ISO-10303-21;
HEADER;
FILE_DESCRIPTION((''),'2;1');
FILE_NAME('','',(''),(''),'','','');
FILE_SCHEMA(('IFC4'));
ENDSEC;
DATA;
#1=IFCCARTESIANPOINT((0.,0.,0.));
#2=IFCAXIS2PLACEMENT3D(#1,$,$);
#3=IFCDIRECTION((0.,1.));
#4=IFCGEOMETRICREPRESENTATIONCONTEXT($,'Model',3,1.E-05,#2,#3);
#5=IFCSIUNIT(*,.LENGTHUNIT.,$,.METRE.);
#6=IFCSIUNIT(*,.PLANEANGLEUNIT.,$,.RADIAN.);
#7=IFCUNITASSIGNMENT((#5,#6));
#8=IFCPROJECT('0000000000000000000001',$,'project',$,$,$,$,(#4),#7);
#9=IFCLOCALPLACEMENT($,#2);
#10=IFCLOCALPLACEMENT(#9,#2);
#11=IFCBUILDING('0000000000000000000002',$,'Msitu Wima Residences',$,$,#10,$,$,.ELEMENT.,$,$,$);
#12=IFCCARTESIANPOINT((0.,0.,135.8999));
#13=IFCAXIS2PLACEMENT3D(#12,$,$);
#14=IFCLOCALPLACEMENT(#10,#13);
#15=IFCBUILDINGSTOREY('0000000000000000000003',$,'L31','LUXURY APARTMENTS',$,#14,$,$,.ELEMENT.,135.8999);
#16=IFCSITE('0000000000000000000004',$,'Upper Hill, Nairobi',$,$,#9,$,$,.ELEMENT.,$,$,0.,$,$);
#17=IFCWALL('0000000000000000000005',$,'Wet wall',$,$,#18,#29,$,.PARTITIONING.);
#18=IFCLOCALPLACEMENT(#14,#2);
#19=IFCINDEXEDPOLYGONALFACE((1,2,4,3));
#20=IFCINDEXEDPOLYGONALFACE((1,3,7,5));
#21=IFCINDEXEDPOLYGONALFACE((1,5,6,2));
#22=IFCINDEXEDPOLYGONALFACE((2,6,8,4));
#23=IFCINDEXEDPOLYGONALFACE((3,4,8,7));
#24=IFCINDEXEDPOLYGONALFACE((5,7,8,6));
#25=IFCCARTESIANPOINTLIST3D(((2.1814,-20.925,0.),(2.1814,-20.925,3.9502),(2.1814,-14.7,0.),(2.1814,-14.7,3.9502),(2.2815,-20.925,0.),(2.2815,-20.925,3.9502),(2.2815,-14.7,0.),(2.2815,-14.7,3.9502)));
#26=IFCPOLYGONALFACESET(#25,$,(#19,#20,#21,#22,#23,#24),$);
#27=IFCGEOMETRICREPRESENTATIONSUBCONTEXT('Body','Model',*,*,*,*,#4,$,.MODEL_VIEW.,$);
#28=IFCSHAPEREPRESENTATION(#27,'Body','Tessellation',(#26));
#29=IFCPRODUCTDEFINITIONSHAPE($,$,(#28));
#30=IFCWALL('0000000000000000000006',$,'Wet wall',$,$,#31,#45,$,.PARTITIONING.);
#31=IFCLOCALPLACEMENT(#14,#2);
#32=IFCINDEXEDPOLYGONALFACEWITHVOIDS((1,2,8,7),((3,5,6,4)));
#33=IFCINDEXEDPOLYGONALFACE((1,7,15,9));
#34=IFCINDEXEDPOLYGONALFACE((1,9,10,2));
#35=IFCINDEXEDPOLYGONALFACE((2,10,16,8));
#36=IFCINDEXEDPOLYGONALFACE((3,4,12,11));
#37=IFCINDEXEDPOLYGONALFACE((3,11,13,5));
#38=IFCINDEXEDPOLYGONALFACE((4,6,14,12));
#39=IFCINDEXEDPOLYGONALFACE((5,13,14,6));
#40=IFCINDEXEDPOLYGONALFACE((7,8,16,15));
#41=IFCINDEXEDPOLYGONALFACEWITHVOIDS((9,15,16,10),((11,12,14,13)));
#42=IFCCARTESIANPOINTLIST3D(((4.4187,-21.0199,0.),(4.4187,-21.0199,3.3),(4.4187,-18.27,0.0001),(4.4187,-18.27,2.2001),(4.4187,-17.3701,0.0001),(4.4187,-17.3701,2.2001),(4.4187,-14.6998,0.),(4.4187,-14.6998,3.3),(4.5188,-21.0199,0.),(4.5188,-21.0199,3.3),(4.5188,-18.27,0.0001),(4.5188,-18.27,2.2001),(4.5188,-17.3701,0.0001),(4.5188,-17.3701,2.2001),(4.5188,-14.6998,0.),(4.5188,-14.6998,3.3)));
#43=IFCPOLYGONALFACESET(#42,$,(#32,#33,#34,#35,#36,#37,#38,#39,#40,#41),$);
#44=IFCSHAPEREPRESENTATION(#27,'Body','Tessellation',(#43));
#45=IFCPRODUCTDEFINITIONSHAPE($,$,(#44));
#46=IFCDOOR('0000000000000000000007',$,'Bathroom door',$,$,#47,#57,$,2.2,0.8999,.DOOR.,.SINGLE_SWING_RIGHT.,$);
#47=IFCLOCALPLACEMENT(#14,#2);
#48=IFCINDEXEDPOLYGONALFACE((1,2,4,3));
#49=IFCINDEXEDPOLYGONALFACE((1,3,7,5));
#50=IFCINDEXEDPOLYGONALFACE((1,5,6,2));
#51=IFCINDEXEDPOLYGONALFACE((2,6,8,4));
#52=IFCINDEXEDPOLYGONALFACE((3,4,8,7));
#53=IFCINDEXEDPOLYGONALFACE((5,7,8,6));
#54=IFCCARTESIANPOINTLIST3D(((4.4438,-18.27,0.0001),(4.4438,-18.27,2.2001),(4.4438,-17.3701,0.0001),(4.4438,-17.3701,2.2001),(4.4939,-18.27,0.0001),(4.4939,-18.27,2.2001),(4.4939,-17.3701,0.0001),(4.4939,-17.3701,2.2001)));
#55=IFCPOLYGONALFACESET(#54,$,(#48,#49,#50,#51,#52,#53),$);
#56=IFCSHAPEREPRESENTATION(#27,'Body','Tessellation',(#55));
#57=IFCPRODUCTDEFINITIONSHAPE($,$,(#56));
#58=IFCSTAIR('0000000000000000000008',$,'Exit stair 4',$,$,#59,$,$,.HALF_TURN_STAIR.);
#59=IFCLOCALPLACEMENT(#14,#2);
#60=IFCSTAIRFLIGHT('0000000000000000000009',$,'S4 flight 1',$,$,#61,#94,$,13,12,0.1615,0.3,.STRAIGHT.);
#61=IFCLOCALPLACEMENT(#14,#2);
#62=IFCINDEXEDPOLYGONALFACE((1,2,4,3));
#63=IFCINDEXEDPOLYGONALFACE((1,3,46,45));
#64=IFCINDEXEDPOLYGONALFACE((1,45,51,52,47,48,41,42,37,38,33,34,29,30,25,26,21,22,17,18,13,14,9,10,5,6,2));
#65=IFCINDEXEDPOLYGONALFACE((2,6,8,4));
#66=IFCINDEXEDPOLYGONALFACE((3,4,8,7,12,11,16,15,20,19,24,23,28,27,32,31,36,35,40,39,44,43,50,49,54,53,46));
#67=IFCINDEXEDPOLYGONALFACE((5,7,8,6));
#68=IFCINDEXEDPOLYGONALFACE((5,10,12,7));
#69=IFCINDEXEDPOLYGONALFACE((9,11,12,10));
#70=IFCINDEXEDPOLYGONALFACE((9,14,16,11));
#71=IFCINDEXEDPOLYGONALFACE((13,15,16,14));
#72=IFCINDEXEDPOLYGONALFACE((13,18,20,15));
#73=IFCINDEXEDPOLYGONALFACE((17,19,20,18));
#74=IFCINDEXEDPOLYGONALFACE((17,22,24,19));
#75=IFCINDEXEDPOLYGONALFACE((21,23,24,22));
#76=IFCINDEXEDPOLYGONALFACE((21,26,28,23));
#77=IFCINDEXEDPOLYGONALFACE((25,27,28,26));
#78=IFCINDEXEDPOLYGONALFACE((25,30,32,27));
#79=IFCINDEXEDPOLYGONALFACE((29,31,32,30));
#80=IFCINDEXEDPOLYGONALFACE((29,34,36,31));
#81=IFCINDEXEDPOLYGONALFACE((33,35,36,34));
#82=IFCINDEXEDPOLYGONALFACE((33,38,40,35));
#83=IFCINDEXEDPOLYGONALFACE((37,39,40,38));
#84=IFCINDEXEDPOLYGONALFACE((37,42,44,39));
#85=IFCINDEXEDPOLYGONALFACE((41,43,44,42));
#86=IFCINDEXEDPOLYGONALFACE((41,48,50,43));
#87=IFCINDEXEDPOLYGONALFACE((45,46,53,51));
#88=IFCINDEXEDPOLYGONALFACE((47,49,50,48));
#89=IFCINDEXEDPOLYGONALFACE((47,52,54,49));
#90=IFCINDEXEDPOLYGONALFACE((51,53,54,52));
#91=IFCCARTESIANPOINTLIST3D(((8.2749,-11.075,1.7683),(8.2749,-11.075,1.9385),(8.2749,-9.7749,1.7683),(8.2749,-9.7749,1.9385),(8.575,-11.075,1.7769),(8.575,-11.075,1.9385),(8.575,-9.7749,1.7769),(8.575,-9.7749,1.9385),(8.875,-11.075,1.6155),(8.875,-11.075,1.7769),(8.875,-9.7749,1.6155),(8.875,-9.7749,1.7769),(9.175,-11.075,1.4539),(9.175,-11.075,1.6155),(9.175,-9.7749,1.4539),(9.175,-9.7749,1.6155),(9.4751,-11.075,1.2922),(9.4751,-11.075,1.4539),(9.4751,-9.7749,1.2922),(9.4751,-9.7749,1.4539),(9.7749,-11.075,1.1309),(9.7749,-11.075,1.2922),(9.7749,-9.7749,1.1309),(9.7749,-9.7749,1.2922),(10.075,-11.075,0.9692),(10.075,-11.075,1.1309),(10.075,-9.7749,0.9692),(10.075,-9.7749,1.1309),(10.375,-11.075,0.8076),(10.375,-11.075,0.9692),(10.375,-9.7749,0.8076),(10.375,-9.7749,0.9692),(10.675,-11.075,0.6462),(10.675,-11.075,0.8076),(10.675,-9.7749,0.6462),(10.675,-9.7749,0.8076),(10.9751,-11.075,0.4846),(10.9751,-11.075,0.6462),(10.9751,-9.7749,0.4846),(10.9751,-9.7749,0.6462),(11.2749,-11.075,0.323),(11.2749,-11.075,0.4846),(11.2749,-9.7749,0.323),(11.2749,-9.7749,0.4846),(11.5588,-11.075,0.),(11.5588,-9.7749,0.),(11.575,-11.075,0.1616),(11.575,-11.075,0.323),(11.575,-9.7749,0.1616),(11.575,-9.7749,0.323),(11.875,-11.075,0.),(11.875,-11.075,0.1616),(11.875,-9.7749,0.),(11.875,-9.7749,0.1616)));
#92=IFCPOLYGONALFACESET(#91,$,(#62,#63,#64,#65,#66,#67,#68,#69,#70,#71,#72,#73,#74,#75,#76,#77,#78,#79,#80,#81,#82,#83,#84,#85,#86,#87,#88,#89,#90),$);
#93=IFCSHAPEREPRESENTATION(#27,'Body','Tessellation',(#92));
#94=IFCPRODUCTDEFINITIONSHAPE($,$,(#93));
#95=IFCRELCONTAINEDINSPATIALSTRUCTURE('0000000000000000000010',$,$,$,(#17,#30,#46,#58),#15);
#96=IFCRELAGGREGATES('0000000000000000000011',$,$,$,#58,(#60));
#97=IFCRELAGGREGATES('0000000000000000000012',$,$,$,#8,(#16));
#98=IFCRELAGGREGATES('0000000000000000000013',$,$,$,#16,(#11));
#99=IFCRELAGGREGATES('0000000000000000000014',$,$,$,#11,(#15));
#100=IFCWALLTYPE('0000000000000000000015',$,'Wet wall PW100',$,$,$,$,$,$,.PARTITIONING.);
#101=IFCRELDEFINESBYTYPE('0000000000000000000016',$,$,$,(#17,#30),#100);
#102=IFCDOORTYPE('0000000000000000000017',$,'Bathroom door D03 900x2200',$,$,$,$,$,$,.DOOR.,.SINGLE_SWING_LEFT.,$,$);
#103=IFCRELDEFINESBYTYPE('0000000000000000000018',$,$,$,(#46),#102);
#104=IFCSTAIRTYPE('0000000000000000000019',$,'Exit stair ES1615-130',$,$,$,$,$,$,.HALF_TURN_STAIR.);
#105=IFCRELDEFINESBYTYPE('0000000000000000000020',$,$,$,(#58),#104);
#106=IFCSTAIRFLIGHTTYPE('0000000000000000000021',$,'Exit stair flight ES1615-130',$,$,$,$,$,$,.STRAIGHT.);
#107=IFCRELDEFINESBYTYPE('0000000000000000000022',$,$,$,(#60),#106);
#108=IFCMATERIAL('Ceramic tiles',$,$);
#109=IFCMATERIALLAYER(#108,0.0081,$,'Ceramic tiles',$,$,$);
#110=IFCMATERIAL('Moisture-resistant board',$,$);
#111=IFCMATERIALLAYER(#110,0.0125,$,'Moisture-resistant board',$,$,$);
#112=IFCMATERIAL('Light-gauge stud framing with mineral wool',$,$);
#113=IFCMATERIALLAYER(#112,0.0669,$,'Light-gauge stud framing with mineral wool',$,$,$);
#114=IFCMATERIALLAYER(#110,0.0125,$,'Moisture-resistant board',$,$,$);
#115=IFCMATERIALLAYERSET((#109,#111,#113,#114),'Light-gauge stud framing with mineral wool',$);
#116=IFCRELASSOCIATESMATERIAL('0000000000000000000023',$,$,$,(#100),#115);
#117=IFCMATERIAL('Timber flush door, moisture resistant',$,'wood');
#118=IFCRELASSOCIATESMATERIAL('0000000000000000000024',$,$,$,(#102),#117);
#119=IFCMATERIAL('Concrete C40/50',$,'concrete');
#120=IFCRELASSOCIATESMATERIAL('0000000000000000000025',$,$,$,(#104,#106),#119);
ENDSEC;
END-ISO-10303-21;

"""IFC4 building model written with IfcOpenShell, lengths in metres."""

from ifc_helpers import new_model, si_unit, direction, frame, frame_2d, origin, place, context, subcontext, project, spatial, polyline, rectangle, outline, extrude, material, layer, layer_set, type_object, element, fill, aggregate, save


model = new_model("IFC4")

# Units and contexts
model_context = context("Model", 3, precision=1e-05, world=origin(), true_north=direction((0.0, 1.0)))
body_context = subcontext(model_context, "Body", "Model", "MODEL_VIEW")
ifc_project = project(units=[si_unit("LENGTHUNIT", "METRE"), si_unit("PLANEANGLEUNIT", "RADIAN")], contexts=[model_context])

# Site, building, storey
site_placement = place(None, origin())
site = spatial("IfcSite", under=ifc_project, at=site_placement, Name="Upper Hill, Nairobi", CompositionType="ELEMENT", RefElevation=0.0)
building_placement = place(site_placement, origin())
building = spatial("IfcBuilding", under=site, at=building_placement, Name="Msitu Wima Residences", CompositionType="ELEMENT")
storey_placement = place(building_placement, frame((0.0, 0.0, 135.8999)))
storey = spatial("IfcBuildingStorey", under=building, at=storey_placement, Name="L31", Description="LUXURY APARTMENTS", CompositionType="ELEMENT", Elevation=135.8999)

# Shared definitions
ifc_material_1 = material(Name="Concrete C40/50", Category="concrete")

# Wall
ifc_material_2 = material(Name="Ceramic tiles")
ifc_layer_1 = layer(ifc_material_2, 0.0081, Name="Ceramic tiles")
ifc_material_3 = material(Name="Moisture-resistant board")
ifc_layer_2 = layer(ifc_material_3, 0.0125, Name="Moisture-resistant board")
ifc_material_4 = material(Name="Light-gauge stud framing with mineral wool")
ifc_layer_3 = layer(ifc_material_4, 0.0669, Name="Light-gauge stud framing with mineral wool")
ifc_layer_4 = layer(ifc_material_3, 0.0125, Name="Moisture-resistant board")
ifc_layer_set_1 = layer_set([ifc_layer_1, ifc_layer_2, ifc_layer_3, ifc_layer_4], Name="Light-gauge stud framing with mineral wool")
wall_type_1 = type_object("IfcWallType", Name="Wet wall PW100", PredefinedType="PARTITIONING", material=ifc_layer_set_1)
wall_1_placement = place(storey_placement, frame((2.2314, -20.925, 0.0), z_axis=(0.0, 0.0, 1.0), x_axis=(0.0, 1.0, 0.0)))
element("IfcWall", 1, at=wall_1_placement, inside=storey, type_object=wall_type_1, Name="Wet wall", PredefinedType="PARTITIONING", context=body_context, shape_type="SweptSolid", body=[
    extrude(rectangle(XDim=6.2251, YDim=0.1001, at=frame_2d((3.1125, 0.0))), origin(), (0.0, 0.0, 1.0), 3.9502),
])

# Wall, opening, door
wall_2_placement = place(storey_placement, frame((4.4688, -21.02, 0.0), z_axis=(0.0, 0.0, 1.0), x_axis=(0.0, 1.0, 0.0)))
wall_2 = element("IfcWall", 2, at=wall_2_placement, inside=storey, type_object=wall_type_1, Name="Wet wall", PredefinedType="PARTITIONING", context=body_context, shape_type="SweptSolid", body=[
    extrude(rectangle(XDim=6.3201, YDim=0.1001, at=frame_2d((3.1602, 0.0))), origin(), (0.0, 0.0, 1.0), 3.3),
])
opening_1_placement = place(wall_2_placement, frame((2.75, 0.0, 0.0)))
opening_1 = element("IfcOpeningElement", 3, at=opening_1_placement, cuts=wall_2, PredefinedType="OPENING", context=body_context, shape_type="SweptSolid", body=[
    extrude(rectangle(XDim=0.8999, YDim=2.2, at=frame_2d((0.45, 1.1001))), frame((0.0, 0.0601, 0.0), z_axis=(0.0, -1.0, 0.0), x_axis=(1.0, 0.0, 0.0)), (0.0, 0.0, 1.0), 0.1201),
])
ifc_material_5 = material(Name="Timber flush door, moisture resistant", Category="wood")
door_type_1 = type_object("IfcDoorType", Name="Bathroom door D03 900x2200", OperationType="SINGLE_SWING_LEFT", PredefinedType="DOOR", material=ifc_material_5)
door_1_placement = place(opening_1_placement, origin())
door_1 = element("IfcDoor", 4, at=door_1_placement, inside=storey, type_object=door_type_1, Name="Bathroom door", OperationType="SINGLE_SWING_RIGHT", OverallHeight=2.2, OverallWidth=0.8999, PredefinedType="DOOR", context=body_context, shape_type="SweptSolid", body=[
    extrude(rectangle(XDim=0.8999, YDim=2.2, at=frame_2d((0.45, 1.1001))), frame((0.0, 0.0249, 0.0), z_axis=(0.0, -1.0, 0.0), x_axis=(1.0, 0.0, 0.0)), (0.0, 0.0, 1.0), 0.05),
])
fill(opening_1, door_1)

# Stair, stair flight
stair_type = type_object("IfcStairType", Name="Exit stair ES1615-130", PredefinedType="HALF_TURN_STAIR", material=ifc_material_1)
stair_placement = place(storey_placement, origin())
stair = element("IfcStair", 5, at=stair_placement, inside=storey, type_object=stair_type, Name="Exit stair 4", PredefinedType="HALF_TURN_STAIR")
stair_flight_type = type_object("IfcStairFlightType", Name="Exit stair flight ES1615-130", PredefinedType="STRAIGHT", material=ifc_material_1)
stair_flight_placement = place(storey_placement, frame((11.875, -10.425, 0.0), z_axis=(0.0, 0.0, 1.0), x_axis=(-1.0, 0.0, 0.0)))
stair_flight = element("IfcStairFlight", 6, at=stair_flight_placement, type_object=stair_flight_type, Name="S4 flight 1", NumberOfRisers=13, NumberOfTreads=12, PredefinedType="STRAIGHT", RiserHeight=0.1615, TreadLength=0.3, context=body_context, shape_type="SweptSolid", body=[
    extrude(outline(polyline([(0.0, 0.0), (0.0, 0.1616), (0.3, 0.1616), (0.3, 0.323), (0.6001, 0.323), (0.6001, 0.4846), (0.8999, 0.4846), (0.8999, 0.6462), (1.2, 0.6462), (1.2, 0.8076), (1.5, 0.8076), (1.5, 0.9692), (1.8, 0.9692), (1.8, 1.1309), (2.1001, 1.1309), (2.1001, 1.2922), (2.3999, 1.2922), (2.3999, 1.4539), (2.7, 1.4539), (2.7, 1.6155), (3.0, 1.6155), (3.0, 1.7769), (3.3, 1.7769), (3.3, 1.9385), (3.6001, 1.9385), (3.6001, 2.1001), (3.6001, 1.7683), (0.3162, 0.0), (0.0, 0.0)])), frame((0.0, 0.6499, 0.0), z_axis=(0.0, -1.0, 0.0), x_axis=(1.0, 0.0, 0.0)), (0.0, 0.0, 1.0), 1.3),
])
aggregate(stair, [stair_flight])

save(model, "model.ifc")
